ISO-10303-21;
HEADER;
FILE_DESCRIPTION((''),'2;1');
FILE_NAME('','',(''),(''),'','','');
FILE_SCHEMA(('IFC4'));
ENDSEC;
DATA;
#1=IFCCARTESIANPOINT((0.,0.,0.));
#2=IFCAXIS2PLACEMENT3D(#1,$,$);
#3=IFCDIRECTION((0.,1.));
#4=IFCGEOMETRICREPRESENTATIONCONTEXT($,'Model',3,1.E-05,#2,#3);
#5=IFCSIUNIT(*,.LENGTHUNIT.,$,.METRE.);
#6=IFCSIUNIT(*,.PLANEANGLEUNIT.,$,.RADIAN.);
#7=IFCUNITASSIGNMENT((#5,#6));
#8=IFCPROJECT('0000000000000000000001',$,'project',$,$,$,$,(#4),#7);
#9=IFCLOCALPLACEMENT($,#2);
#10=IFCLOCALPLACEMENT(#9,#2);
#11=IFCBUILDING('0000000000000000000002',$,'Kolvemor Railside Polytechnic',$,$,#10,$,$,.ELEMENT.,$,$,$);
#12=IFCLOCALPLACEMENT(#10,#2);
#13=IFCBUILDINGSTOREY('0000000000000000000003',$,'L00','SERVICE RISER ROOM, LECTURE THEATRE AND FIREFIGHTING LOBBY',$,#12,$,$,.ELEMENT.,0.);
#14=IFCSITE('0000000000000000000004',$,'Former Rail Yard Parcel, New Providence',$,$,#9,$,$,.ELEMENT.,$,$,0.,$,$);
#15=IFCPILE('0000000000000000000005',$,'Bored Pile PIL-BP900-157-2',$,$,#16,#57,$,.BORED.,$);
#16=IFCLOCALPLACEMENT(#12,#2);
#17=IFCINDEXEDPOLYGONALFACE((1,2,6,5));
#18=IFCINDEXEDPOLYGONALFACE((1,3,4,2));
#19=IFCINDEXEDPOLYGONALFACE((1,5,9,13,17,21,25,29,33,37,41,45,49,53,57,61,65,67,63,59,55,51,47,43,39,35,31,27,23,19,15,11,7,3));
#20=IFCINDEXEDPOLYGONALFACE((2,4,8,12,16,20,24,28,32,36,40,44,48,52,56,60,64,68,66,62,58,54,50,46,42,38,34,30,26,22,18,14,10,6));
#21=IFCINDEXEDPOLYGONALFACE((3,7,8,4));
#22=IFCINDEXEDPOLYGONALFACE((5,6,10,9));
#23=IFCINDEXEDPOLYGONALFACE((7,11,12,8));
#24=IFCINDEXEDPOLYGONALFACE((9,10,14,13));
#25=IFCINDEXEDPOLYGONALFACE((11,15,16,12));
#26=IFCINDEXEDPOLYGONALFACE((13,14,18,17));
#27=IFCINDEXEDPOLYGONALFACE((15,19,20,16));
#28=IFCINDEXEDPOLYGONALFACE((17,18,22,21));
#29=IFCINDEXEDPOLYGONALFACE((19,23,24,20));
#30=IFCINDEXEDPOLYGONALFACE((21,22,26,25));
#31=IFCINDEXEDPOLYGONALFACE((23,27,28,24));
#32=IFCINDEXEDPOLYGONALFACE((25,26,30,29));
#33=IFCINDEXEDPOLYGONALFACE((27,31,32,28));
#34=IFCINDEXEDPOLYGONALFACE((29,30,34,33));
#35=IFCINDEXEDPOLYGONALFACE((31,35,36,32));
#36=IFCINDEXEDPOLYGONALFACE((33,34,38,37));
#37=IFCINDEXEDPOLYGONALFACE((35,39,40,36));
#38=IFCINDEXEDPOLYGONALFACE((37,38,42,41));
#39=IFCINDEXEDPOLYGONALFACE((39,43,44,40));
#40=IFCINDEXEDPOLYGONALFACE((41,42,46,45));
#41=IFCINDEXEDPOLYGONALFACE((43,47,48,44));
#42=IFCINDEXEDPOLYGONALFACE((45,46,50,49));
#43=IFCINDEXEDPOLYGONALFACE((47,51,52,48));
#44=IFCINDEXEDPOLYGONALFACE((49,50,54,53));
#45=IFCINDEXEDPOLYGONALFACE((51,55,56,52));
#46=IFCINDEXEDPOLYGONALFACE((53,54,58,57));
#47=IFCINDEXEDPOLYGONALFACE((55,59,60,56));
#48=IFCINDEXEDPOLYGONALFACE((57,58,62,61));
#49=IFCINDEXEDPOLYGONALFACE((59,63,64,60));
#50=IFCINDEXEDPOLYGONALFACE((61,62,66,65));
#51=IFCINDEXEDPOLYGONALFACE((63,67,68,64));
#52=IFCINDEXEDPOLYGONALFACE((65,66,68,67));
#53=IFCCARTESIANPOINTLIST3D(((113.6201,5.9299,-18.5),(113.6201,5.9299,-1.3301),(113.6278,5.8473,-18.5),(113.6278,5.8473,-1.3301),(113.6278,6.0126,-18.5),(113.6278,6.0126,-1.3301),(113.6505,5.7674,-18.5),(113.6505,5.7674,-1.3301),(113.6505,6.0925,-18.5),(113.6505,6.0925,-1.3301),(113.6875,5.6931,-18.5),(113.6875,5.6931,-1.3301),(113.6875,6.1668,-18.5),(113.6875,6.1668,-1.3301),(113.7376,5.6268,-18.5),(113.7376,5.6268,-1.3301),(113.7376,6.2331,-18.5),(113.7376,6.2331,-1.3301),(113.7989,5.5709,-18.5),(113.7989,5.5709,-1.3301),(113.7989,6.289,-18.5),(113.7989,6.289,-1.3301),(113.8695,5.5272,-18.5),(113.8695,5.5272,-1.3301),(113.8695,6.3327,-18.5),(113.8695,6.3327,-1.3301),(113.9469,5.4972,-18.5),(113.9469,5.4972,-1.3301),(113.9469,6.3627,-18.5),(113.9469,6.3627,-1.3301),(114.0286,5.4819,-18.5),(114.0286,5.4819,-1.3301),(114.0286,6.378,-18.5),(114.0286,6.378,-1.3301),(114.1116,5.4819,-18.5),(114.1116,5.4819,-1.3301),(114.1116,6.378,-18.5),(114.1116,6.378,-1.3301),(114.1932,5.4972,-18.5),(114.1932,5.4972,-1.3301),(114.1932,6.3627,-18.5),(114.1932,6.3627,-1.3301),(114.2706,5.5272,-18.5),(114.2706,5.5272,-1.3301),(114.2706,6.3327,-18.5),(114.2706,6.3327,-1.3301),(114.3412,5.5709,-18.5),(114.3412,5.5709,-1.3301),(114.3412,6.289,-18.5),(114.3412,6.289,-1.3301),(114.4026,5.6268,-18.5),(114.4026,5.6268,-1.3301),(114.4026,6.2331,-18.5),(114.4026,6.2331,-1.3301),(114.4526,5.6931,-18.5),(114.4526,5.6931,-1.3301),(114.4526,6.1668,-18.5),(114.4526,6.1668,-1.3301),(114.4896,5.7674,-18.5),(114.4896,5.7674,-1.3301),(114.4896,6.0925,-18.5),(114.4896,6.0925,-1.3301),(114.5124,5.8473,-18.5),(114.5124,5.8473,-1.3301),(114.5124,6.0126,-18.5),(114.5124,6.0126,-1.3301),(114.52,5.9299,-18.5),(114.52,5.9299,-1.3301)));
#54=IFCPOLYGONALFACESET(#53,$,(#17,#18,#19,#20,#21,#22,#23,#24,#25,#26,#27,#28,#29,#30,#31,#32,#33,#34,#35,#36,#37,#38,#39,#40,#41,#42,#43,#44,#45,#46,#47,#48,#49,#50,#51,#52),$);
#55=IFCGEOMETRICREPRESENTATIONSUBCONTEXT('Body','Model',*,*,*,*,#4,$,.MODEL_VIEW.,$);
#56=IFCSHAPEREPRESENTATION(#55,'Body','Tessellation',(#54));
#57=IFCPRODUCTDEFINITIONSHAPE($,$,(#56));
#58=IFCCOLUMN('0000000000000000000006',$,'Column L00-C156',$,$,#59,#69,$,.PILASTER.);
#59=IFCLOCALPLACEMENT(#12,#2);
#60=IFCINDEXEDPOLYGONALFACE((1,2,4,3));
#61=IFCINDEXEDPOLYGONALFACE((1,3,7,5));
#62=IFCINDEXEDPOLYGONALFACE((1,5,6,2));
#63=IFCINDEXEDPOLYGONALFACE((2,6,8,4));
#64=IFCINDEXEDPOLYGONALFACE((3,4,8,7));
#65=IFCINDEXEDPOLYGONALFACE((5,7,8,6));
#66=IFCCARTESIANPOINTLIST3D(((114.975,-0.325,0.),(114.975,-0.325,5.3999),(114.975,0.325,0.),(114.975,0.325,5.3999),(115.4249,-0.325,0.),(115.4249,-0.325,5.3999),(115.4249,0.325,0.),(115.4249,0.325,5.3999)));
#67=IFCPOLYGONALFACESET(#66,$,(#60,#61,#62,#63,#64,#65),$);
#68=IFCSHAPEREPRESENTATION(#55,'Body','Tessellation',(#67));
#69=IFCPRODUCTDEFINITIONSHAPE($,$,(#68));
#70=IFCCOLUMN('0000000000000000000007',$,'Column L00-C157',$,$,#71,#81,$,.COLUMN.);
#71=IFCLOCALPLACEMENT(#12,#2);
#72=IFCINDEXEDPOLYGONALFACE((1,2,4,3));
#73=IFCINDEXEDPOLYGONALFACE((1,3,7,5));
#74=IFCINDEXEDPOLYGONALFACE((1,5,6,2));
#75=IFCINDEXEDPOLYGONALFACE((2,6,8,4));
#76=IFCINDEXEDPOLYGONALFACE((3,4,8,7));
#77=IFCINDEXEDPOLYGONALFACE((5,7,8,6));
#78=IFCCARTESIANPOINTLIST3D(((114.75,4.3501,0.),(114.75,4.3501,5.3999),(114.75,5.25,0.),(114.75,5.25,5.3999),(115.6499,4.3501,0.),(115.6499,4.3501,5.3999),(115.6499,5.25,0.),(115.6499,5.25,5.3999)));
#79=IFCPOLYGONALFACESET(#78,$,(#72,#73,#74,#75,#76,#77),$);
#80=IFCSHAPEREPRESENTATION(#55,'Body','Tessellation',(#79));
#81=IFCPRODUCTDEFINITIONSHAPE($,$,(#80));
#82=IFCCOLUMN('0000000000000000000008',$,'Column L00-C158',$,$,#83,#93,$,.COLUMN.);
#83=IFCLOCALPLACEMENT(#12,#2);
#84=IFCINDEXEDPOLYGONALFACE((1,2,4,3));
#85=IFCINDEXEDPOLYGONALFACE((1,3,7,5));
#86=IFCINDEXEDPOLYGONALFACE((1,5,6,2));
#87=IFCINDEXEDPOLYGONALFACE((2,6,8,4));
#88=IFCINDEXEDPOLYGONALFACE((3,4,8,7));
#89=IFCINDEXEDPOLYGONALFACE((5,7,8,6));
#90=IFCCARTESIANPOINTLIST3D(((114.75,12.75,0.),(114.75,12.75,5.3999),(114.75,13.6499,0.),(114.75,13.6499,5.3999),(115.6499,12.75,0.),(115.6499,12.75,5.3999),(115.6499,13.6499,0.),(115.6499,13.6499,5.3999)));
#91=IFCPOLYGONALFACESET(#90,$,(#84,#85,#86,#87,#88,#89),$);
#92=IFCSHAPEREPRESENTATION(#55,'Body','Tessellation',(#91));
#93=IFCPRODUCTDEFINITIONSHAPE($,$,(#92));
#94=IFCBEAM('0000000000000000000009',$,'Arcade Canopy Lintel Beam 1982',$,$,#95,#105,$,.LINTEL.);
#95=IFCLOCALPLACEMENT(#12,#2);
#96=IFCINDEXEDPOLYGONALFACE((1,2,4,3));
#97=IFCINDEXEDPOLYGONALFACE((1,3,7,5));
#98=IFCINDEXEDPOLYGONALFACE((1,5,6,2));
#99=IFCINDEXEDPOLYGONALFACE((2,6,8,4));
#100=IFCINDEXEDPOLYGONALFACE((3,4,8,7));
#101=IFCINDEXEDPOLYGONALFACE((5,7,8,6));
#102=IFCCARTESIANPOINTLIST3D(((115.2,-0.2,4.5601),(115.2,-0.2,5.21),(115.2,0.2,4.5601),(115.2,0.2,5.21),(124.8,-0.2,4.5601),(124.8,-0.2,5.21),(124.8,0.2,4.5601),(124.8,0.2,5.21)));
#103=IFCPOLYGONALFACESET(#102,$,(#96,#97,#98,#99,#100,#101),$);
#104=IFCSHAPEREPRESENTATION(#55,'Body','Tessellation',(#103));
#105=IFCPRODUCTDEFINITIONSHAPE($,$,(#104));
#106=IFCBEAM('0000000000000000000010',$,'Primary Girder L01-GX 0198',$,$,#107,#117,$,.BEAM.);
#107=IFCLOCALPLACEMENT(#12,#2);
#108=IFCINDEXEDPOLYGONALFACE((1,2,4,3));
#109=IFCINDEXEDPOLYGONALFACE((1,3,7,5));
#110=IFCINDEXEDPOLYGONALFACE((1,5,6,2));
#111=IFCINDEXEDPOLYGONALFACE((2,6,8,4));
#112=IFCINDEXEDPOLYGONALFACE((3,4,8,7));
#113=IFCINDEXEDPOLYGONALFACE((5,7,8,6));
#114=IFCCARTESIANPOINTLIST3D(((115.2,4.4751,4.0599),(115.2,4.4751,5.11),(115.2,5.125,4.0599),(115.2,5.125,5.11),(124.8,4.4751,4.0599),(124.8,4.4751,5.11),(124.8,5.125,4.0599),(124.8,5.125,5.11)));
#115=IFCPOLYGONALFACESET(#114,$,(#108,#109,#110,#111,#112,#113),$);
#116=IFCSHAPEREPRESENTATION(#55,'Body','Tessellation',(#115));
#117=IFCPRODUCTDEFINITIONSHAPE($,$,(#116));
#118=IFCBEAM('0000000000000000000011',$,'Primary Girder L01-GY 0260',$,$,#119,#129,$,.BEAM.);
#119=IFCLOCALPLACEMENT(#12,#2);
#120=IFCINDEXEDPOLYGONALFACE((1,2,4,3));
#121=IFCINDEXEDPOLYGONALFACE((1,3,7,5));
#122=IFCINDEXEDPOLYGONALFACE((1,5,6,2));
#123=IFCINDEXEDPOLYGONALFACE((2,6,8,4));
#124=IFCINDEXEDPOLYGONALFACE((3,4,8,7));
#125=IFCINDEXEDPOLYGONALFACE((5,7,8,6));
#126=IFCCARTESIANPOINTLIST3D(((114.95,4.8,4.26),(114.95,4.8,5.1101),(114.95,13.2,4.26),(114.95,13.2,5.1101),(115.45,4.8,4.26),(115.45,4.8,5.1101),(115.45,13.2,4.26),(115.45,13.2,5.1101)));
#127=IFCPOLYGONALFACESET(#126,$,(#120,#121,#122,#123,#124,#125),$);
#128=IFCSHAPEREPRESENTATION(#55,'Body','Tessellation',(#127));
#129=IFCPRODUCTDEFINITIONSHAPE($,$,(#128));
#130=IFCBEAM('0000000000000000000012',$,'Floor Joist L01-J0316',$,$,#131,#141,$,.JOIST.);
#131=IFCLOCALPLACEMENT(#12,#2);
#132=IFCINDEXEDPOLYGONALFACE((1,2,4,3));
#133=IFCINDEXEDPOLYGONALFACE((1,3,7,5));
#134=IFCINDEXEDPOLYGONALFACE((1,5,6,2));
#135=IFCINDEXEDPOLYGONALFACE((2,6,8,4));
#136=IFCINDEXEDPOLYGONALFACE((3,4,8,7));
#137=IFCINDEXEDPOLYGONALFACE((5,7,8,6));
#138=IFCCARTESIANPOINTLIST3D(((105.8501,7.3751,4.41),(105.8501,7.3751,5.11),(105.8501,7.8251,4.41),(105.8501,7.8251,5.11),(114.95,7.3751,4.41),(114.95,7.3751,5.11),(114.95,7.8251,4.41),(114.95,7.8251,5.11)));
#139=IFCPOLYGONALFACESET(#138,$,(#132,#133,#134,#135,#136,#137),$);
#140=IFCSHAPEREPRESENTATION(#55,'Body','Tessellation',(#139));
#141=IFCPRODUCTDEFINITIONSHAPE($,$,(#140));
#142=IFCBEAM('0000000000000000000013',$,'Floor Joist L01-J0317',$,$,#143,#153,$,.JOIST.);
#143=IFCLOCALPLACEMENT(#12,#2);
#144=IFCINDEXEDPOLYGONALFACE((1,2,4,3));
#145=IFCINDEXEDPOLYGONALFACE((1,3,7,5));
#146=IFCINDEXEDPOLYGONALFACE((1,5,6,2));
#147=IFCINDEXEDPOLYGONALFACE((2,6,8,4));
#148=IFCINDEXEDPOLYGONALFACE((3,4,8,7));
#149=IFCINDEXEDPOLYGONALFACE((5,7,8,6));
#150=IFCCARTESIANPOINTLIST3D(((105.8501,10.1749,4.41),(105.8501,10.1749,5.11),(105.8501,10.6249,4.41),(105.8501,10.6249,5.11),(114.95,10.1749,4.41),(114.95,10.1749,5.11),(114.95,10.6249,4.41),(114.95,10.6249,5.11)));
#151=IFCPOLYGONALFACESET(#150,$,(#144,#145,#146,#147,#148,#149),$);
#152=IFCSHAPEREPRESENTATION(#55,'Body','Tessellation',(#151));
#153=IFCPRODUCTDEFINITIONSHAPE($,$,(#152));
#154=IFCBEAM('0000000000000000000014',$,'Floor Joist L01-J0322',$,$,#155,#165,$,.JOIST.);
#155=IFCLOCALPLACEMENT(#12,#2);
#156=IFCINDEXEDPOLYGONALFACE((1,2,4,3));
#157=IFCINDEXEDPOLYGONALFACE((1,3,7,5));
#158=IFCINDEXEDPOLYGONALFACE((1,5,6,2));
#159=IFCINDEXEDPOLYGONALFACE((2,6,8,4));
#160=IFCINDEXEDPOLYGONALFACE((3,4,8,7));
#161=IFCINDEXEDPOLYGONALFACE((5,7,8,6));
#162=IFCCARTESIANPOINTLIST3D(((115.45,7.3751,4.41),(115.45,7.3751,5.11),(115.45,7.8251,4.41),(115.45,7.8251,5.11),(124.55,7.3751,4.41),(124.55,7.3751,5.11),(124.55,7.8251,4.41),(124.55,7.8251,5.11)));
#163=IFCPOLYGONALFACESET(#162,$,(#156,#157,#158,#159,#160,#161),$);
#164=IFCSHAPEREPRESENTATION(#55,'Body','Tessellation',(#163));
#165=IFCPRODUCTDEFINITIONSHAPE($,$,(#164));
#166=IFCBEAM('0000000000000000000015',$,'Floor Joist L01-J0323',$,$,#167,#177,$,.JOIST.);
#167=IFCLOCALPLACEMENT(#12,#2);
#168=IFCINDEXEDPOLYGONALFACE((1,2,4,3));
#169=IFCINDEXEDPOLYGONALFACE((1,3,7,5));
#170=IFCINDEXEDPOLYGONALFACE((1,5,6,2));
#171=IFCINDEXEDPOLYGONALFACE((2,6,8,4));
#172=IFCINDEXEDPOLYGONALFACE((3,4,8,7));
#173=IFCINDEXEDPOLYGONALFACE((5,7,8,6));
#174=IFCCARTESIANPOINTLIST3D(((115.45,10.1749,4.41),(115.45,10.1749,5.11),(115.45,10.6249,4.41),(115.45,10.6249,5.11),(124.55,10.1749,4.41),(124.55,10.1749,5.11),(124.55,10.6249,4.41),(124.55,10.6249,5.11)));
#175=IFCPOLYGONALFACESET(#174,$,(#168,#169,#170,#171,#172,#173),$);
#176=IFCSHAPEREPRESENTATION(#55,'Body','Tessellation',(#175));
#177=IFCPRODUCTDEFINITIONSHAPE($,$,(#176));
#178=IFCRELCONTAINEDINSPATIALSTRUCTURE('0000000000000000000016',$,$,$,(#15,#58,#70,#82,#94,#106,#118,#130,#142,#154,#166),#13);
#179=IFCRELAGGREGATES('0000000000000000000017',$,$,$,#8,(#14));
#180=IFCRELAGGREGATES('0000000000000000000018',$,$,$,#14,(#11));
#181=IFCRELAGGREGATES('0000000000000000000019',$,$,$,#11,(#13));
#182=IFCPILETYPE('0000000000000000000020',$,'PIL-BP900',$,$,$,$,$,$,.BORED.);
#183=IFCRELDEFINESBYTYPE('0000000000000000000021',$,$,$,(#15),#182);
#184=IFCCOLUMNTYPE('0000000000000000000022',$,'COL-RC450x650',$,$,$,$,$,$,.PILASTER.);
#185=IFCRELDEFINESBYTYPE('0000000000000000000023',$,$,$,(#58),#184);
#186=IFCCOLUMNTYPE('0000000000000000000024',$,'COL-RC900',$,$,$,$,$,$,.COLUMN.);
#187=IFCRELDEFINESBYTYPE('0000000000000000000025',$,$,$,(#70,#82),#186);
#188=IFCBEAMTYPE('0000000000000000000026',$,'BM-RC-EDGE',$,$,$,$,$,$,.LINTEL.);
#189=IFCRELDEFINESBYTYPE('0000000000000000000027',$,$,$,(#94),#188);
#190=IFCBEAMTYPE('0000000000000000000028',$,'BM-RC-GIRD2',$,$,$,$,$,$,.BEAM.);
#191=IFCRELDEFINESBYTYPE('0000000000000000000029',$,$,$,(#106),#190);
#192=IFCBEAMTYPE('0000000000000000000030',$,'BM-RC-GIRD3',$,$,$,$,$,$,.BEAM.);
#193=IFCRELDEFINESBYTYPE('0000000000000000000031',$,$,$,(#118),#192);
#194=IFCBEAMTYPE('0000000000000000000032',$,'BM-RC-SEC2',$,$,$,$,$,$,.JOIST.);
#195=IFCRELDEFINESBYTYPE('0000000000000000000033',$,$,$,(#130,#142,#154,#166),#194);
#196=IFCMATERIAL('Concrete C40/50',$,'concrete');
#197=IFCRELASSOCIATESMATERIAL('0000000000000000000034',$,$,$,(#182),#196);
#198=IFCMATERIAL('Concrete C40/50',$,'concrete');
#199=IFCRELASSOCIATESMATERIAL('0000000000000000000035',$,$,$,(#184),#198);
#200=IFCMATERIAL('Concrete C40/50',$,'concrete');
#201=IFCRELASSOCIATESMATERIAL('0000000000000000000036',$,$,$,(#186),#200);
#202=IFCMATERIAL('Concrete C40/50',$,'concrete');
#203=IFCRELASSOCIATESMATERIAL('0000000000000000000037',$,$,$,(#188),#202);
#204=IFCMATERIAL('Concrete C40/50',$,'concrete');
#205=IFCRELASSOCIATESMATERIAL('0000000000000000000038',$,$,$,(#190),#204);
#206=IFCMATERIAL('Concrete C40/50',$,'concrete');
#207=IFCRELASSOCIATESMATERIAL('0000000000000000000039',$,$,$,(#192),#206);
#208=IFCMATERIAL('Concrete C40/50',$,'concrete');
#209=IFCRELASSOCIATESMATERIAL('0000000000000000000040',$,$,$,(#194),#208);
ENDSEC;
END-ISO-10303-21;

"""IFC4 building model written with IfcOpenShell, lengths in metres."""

from ifc_helpers import new_model, si_unit, direction, frame, origin, origin_2d, place, context, subcontext, project, spatial, rectangle, circle, extrude, material, material_profile, profile_set, type_object, element, save


model = new_model("IFC4")

# Units and contexts
model_context = context("Model", 3, precision=1e-05, world=origin(), true_north=direction((0.0, 1.0)))
body_context = subcontext(model_context, "Body", "Model", "MODEL_VIEW")
ifc_project = project(units=[si_unit("LENGTHUNIT", "METRE"), si_unit("PLANEANGLEUNIT", "RADIAN")], contexts=[model_context])

# Site, building, storey
site_placement = place(None, origin())
site = spatial("IfcSite", under=ifc_project, at=site_placement, Name="Former Rail Yard Parcel, New Providence", CompositionType="ELEMENT", RefElevation=0.0)
building_placement = place(site_placement, origin())
building = spatial("IfcBuilding", under=site, at=building_placement, Name="Kolvemor Railside Polytechnic", CompositionType="ELEMENT")
storey_placement = place(building_placement, origin())
storey = spatial("IfcBuildingStorey", under=building, at=storey_placement, Name="L00", Description="SERVICE RISER ROOM, LECTURE THEATRE AND FIREFIGHTING LOBBY", CompositionType="ELEMENT", Elevation=0.0)

# Pile
ifc_material_1 = material(Name="Concrete C40/50", Category="concrete")
ifc_material_profile_1 = material_profile(ifc_material_1, circle(Radius=0.45, at=origin_2d()), Name="BP900")
ifc_profile_set_1 = profile_set([ifc_material_profile_1], Name="Concrete C40/50")
pile_type_1 = type_object("IfcPileType", Name="PIL-BP900", PredefinedType="BORED", material=ifc_profile_set_1)
for number, where, z_axis, x_axis, name in (
    (1, (114.0701, 5.9299, -1.3301), (0.0, 0.0, -1.0), (1.0, 0.0, 0.0), "Bored Pile PIL-BP900-157-2"),
):
    element("IfcPile", number, at=place(storey_placement, frame(where, z_axis=z_axis, x_axis=x_axis)), inside=storey, type_object=pile_type_1, Name=name, PredefinedType="BORED", context=body_context, shape_type="SweptSolid", body=[
        extrude(circle(Radius=0.45, at=origin_2d()), origin(), (0.0, 0.0, 1.0), 17.1699),
    ])

# Columns
ifc_material_2 = material(Name="Concrete C40/50", Category="concrete")
ifc_material_profile_2 = material_profile(ifc_material_2, rectangle(XDim=0.45, YDim=0.6499, at=origin_2d()), Name="RC450x650")
ifc_profile_set_2 = profile_set([ifc_material_profile_2], Name="Concrete C40/50")
column_type_1 = type_object("IfcColumnType", Name="COL-RC450x650", PredefinedType="PILASTER", material=ifc_profile_set_2)
column_placement = place(storey_placement, frame((115.2, 0.0, 0.0), z_axis=(0.0, 0.0, 1.0), x_axis=(1.0, 0.0, 0.0)))
element("IfcColumn", 2, at=column_placement, inside=storey, type_object=column_type_1, Name="Column L00-C156", PredefinedType="PILASTER", context=body_context, shape_type="SweptSolid", body=[
    extrude(rectangle(XDim=0.45, YDim=0.6499, at=origin_2d()), origin(), (0.0, 0.0, 1.0), 5.3999),
])
ifc_material_3 = material(Name="Concrete C40/50", Category="concrete")
ifc_material_profile_3 = material_profile(ifc_material_3, rectangle(XDim=0.8999, YDim=0.8999, at=origin_2d()), Name="RC900x900")
ifc_profile_set_3 = profile_set([ifc_material_profile_3], Name="Concrete C40/50")
column_type_2 = type_object("IfcColumnType", Name="COL-RC900", PredefinedType="COLUMN", material=ifc_profile_set_3)
for number, where, z_axis, x_axis, name in (
    (3, (115.2, 4.8, 0.0), (0.0, 0.0, 1.0), (1.0, 0.0, 0.0), "Column L00-C157"),
    (4, (115.2, 13.2, 0.0), (0.0, 0.0, 1.0), (1.0, 0.0, 0.0), "Column L00-C158"),
):
    element("IfcColumn", number, at=place(storey_placement, frame(where, z_axis=z_axis, x_axis=x_axis)), inside=storey, type_object=column_type_2, Name=name, PredefinedType="COLUMN", context=body_context, shape_type="SweptSolid", body=[
        extrude(rectangle(XDim=0.8999, YDim=0.8999, at=origin_2d()), origin(), (0.0, 0.0, 1.0), 5.3999),
    ])

# Beams
ifc_material_4 = material(Name="Concrete C40/50", Category="concrete")
ifc_material_profile_4 = material_profile(ifc_material_4, rectangle(XDim=0.3999, YDim=0.6499, at=origin_2d()), Name="RC400x650")
ifc_profile_set_4 = profile_set([ifc_material_profile_4], Name="Concrete C40/50")
beam_type_1 = type_object("IfcBeamType", Name="BM-RC-EDGE", PredefinedType="LINTEL", material=ifc_profile_set_4)
beam_1_placement = place(storey_placement, frame((115.2, 0.0, 4.885), z_axis=(1.0, 0.0, 0.0), x_axis=(0.0, 1.0, 0.0)))
element("IfcBeam", 5, at=beam_1_placement, inside=storey, type_object=beam_type_1, Name="Arcade Canopy Lintel Beam 1982", PredefinedType="LINTEL", context=body_context, shape_type="SweptSolid", body=[
    extrude(rectangle(XDim=0.3999, YDim=0.6499, at=origin_2d()), origin(), (0.0, 0.0, 1.0), 9.6001),
])
ifc_material_5 = material(Name="Concrete C40/50", Category="concrete")
ifc_material_profile_5 = material_profile(ifc_material_5, rectangle(XDim=0.6499, YDim=1.05, at=origin_2d()), Name="RC650x1050")
ifc_profile_set_5 = profile_set([ifc_material_profile_5], Name="Concrete C40/50")
beam_type_2 = type_object("IfcBeamType", Name="BM-RC-GIRD2", PredefinedType="BEAM", material=ifc_profile_set_5)
beam_2_placement = place(storey_placement, frame((115.2, 4.8, 4.585), z_axis=(1.0, 0.0, 0.0), x_axis=(0.0, 1.0, 0.0)))
element("IfcBeam", 6, at=beam_2_placement, inside=storey, type_object=beam_type_2, Name="Primary Girder L01-GX 0198", PredefinedType="BEAM", context=body_context, shape_type="SweptSolid", body=[
    extrude(rectangle(XDim=0.6499, YDim=1.05, at=origin_2d()), origin(), (0.0, 0.0, 1.0), 9.6001),
])
ifc_material_6 = material(Name="Concrete C40/50", Category="concrete")
ifc_material_profile_6 = material_profile(ifc_material_6, rectangle(XDim=0.5, YDim=0.8501, at=origin_2d()), Name="RC500x850")
ifc_profile_set_6 = profile_set([ifc_material_profile_6], Name="Concrete C40/50")
beam_type_3 = type_object("IfcBeamType", Name="BM-RC-GIRD3", PredefinedType="BEAM", material=ifc_profile_set_6)
beam_3_placement = place(storey_placement, frame((115.2, 4.8, 4.6851), z_axis=(0.0, 1.0, 0.0), x_axis=(-1.0, 0.0, 0.0)))
element("IfcBeam", 7, at=beam_3_placement, inside=storey, type_object=beam_type_3, Name="Primary Girder L01-GY 0260", PredefinedType="BEAM", context=body_context, shape_type="SweptSolid", body=[
    extrude(rectangle(XDim=0.5, YDim=0.8501, at=origin_2d()), origin(), (0.0, 0.0, 1.0), 8.3999),
])
ifc_material_7 = material(Name="Concrete C40/50", Category="concrete")
ifc_material_profile_7 = material_profile(ifc_material_7, rectangle(XDim=0.45, YDim=0.7, at=origin_2d()), Name="RC450x700")
ifc_profile_set_7 = profile_set([ifc_material_profile_7], Name="Concrete C40/50")
beam_type_4 = type_object("IfcBeamType", Name="BM-RC-SEC2", PredefinedType="JOIST", material=ifc_profile_set_7)
for number, where, z_axis, x_axis, name in (
    (8, (105.8501, 7.6001, 4.76), (1.0, 0.0, 0.0), (0.0, 1.0, 0.0), "Floor Joist L01-J0316"),
    (9, (105.8501, 10.3999, 4.76), (1.0, 0.0, 0.0), (0.0, 1.0, 0.0), "Floor Joist L01-J0317"),
):
    element("IfcBeam", number, at=place(storey_placement, frame(where, z_axis=z_axis, x_axis=x_axis)), inside=storey, type_object=beam_type_4, Name=name, PredefinedType="JOIST", context=body_context, shape_type="SweptSolid", body=[
        extrude(rectangle(XDim=0.45, YDim=0.7, at=origin_2d()), origin(), (0.0, 0.0, 1.0), 9.0999),
    ])
for number, where, z_axis, x_axis, name in (
    (10, (115.45, 7.6001, 4.76), (1.0, 0.0, 0.0), (0.0, 1.0, 0.0), "Floor Joist L01-J0322"),
    (11, (115.45, 10.3999, 4.76), (1.0, 0.0, 0.0), (0.0, 1.0, 0.0), "Floor Joist L01-J0323"),
):
    element("IfcBeam", number, at=place(storey_placement, frame(where, z_axis=z_axis, x_axis=x_axis)), inside=storey, type_object=beam_type_4, Name=name, PredefinedType="JOIST", context=body_context, shape_type="SweptSolid", body=[
        extrude(rectangle(XDim=0.45, YDim=0.7, at=origin_2d()), origin(), (0.0, 0.0, 1.0), 9.1001),
    ])

save(model, "model.ifc")
